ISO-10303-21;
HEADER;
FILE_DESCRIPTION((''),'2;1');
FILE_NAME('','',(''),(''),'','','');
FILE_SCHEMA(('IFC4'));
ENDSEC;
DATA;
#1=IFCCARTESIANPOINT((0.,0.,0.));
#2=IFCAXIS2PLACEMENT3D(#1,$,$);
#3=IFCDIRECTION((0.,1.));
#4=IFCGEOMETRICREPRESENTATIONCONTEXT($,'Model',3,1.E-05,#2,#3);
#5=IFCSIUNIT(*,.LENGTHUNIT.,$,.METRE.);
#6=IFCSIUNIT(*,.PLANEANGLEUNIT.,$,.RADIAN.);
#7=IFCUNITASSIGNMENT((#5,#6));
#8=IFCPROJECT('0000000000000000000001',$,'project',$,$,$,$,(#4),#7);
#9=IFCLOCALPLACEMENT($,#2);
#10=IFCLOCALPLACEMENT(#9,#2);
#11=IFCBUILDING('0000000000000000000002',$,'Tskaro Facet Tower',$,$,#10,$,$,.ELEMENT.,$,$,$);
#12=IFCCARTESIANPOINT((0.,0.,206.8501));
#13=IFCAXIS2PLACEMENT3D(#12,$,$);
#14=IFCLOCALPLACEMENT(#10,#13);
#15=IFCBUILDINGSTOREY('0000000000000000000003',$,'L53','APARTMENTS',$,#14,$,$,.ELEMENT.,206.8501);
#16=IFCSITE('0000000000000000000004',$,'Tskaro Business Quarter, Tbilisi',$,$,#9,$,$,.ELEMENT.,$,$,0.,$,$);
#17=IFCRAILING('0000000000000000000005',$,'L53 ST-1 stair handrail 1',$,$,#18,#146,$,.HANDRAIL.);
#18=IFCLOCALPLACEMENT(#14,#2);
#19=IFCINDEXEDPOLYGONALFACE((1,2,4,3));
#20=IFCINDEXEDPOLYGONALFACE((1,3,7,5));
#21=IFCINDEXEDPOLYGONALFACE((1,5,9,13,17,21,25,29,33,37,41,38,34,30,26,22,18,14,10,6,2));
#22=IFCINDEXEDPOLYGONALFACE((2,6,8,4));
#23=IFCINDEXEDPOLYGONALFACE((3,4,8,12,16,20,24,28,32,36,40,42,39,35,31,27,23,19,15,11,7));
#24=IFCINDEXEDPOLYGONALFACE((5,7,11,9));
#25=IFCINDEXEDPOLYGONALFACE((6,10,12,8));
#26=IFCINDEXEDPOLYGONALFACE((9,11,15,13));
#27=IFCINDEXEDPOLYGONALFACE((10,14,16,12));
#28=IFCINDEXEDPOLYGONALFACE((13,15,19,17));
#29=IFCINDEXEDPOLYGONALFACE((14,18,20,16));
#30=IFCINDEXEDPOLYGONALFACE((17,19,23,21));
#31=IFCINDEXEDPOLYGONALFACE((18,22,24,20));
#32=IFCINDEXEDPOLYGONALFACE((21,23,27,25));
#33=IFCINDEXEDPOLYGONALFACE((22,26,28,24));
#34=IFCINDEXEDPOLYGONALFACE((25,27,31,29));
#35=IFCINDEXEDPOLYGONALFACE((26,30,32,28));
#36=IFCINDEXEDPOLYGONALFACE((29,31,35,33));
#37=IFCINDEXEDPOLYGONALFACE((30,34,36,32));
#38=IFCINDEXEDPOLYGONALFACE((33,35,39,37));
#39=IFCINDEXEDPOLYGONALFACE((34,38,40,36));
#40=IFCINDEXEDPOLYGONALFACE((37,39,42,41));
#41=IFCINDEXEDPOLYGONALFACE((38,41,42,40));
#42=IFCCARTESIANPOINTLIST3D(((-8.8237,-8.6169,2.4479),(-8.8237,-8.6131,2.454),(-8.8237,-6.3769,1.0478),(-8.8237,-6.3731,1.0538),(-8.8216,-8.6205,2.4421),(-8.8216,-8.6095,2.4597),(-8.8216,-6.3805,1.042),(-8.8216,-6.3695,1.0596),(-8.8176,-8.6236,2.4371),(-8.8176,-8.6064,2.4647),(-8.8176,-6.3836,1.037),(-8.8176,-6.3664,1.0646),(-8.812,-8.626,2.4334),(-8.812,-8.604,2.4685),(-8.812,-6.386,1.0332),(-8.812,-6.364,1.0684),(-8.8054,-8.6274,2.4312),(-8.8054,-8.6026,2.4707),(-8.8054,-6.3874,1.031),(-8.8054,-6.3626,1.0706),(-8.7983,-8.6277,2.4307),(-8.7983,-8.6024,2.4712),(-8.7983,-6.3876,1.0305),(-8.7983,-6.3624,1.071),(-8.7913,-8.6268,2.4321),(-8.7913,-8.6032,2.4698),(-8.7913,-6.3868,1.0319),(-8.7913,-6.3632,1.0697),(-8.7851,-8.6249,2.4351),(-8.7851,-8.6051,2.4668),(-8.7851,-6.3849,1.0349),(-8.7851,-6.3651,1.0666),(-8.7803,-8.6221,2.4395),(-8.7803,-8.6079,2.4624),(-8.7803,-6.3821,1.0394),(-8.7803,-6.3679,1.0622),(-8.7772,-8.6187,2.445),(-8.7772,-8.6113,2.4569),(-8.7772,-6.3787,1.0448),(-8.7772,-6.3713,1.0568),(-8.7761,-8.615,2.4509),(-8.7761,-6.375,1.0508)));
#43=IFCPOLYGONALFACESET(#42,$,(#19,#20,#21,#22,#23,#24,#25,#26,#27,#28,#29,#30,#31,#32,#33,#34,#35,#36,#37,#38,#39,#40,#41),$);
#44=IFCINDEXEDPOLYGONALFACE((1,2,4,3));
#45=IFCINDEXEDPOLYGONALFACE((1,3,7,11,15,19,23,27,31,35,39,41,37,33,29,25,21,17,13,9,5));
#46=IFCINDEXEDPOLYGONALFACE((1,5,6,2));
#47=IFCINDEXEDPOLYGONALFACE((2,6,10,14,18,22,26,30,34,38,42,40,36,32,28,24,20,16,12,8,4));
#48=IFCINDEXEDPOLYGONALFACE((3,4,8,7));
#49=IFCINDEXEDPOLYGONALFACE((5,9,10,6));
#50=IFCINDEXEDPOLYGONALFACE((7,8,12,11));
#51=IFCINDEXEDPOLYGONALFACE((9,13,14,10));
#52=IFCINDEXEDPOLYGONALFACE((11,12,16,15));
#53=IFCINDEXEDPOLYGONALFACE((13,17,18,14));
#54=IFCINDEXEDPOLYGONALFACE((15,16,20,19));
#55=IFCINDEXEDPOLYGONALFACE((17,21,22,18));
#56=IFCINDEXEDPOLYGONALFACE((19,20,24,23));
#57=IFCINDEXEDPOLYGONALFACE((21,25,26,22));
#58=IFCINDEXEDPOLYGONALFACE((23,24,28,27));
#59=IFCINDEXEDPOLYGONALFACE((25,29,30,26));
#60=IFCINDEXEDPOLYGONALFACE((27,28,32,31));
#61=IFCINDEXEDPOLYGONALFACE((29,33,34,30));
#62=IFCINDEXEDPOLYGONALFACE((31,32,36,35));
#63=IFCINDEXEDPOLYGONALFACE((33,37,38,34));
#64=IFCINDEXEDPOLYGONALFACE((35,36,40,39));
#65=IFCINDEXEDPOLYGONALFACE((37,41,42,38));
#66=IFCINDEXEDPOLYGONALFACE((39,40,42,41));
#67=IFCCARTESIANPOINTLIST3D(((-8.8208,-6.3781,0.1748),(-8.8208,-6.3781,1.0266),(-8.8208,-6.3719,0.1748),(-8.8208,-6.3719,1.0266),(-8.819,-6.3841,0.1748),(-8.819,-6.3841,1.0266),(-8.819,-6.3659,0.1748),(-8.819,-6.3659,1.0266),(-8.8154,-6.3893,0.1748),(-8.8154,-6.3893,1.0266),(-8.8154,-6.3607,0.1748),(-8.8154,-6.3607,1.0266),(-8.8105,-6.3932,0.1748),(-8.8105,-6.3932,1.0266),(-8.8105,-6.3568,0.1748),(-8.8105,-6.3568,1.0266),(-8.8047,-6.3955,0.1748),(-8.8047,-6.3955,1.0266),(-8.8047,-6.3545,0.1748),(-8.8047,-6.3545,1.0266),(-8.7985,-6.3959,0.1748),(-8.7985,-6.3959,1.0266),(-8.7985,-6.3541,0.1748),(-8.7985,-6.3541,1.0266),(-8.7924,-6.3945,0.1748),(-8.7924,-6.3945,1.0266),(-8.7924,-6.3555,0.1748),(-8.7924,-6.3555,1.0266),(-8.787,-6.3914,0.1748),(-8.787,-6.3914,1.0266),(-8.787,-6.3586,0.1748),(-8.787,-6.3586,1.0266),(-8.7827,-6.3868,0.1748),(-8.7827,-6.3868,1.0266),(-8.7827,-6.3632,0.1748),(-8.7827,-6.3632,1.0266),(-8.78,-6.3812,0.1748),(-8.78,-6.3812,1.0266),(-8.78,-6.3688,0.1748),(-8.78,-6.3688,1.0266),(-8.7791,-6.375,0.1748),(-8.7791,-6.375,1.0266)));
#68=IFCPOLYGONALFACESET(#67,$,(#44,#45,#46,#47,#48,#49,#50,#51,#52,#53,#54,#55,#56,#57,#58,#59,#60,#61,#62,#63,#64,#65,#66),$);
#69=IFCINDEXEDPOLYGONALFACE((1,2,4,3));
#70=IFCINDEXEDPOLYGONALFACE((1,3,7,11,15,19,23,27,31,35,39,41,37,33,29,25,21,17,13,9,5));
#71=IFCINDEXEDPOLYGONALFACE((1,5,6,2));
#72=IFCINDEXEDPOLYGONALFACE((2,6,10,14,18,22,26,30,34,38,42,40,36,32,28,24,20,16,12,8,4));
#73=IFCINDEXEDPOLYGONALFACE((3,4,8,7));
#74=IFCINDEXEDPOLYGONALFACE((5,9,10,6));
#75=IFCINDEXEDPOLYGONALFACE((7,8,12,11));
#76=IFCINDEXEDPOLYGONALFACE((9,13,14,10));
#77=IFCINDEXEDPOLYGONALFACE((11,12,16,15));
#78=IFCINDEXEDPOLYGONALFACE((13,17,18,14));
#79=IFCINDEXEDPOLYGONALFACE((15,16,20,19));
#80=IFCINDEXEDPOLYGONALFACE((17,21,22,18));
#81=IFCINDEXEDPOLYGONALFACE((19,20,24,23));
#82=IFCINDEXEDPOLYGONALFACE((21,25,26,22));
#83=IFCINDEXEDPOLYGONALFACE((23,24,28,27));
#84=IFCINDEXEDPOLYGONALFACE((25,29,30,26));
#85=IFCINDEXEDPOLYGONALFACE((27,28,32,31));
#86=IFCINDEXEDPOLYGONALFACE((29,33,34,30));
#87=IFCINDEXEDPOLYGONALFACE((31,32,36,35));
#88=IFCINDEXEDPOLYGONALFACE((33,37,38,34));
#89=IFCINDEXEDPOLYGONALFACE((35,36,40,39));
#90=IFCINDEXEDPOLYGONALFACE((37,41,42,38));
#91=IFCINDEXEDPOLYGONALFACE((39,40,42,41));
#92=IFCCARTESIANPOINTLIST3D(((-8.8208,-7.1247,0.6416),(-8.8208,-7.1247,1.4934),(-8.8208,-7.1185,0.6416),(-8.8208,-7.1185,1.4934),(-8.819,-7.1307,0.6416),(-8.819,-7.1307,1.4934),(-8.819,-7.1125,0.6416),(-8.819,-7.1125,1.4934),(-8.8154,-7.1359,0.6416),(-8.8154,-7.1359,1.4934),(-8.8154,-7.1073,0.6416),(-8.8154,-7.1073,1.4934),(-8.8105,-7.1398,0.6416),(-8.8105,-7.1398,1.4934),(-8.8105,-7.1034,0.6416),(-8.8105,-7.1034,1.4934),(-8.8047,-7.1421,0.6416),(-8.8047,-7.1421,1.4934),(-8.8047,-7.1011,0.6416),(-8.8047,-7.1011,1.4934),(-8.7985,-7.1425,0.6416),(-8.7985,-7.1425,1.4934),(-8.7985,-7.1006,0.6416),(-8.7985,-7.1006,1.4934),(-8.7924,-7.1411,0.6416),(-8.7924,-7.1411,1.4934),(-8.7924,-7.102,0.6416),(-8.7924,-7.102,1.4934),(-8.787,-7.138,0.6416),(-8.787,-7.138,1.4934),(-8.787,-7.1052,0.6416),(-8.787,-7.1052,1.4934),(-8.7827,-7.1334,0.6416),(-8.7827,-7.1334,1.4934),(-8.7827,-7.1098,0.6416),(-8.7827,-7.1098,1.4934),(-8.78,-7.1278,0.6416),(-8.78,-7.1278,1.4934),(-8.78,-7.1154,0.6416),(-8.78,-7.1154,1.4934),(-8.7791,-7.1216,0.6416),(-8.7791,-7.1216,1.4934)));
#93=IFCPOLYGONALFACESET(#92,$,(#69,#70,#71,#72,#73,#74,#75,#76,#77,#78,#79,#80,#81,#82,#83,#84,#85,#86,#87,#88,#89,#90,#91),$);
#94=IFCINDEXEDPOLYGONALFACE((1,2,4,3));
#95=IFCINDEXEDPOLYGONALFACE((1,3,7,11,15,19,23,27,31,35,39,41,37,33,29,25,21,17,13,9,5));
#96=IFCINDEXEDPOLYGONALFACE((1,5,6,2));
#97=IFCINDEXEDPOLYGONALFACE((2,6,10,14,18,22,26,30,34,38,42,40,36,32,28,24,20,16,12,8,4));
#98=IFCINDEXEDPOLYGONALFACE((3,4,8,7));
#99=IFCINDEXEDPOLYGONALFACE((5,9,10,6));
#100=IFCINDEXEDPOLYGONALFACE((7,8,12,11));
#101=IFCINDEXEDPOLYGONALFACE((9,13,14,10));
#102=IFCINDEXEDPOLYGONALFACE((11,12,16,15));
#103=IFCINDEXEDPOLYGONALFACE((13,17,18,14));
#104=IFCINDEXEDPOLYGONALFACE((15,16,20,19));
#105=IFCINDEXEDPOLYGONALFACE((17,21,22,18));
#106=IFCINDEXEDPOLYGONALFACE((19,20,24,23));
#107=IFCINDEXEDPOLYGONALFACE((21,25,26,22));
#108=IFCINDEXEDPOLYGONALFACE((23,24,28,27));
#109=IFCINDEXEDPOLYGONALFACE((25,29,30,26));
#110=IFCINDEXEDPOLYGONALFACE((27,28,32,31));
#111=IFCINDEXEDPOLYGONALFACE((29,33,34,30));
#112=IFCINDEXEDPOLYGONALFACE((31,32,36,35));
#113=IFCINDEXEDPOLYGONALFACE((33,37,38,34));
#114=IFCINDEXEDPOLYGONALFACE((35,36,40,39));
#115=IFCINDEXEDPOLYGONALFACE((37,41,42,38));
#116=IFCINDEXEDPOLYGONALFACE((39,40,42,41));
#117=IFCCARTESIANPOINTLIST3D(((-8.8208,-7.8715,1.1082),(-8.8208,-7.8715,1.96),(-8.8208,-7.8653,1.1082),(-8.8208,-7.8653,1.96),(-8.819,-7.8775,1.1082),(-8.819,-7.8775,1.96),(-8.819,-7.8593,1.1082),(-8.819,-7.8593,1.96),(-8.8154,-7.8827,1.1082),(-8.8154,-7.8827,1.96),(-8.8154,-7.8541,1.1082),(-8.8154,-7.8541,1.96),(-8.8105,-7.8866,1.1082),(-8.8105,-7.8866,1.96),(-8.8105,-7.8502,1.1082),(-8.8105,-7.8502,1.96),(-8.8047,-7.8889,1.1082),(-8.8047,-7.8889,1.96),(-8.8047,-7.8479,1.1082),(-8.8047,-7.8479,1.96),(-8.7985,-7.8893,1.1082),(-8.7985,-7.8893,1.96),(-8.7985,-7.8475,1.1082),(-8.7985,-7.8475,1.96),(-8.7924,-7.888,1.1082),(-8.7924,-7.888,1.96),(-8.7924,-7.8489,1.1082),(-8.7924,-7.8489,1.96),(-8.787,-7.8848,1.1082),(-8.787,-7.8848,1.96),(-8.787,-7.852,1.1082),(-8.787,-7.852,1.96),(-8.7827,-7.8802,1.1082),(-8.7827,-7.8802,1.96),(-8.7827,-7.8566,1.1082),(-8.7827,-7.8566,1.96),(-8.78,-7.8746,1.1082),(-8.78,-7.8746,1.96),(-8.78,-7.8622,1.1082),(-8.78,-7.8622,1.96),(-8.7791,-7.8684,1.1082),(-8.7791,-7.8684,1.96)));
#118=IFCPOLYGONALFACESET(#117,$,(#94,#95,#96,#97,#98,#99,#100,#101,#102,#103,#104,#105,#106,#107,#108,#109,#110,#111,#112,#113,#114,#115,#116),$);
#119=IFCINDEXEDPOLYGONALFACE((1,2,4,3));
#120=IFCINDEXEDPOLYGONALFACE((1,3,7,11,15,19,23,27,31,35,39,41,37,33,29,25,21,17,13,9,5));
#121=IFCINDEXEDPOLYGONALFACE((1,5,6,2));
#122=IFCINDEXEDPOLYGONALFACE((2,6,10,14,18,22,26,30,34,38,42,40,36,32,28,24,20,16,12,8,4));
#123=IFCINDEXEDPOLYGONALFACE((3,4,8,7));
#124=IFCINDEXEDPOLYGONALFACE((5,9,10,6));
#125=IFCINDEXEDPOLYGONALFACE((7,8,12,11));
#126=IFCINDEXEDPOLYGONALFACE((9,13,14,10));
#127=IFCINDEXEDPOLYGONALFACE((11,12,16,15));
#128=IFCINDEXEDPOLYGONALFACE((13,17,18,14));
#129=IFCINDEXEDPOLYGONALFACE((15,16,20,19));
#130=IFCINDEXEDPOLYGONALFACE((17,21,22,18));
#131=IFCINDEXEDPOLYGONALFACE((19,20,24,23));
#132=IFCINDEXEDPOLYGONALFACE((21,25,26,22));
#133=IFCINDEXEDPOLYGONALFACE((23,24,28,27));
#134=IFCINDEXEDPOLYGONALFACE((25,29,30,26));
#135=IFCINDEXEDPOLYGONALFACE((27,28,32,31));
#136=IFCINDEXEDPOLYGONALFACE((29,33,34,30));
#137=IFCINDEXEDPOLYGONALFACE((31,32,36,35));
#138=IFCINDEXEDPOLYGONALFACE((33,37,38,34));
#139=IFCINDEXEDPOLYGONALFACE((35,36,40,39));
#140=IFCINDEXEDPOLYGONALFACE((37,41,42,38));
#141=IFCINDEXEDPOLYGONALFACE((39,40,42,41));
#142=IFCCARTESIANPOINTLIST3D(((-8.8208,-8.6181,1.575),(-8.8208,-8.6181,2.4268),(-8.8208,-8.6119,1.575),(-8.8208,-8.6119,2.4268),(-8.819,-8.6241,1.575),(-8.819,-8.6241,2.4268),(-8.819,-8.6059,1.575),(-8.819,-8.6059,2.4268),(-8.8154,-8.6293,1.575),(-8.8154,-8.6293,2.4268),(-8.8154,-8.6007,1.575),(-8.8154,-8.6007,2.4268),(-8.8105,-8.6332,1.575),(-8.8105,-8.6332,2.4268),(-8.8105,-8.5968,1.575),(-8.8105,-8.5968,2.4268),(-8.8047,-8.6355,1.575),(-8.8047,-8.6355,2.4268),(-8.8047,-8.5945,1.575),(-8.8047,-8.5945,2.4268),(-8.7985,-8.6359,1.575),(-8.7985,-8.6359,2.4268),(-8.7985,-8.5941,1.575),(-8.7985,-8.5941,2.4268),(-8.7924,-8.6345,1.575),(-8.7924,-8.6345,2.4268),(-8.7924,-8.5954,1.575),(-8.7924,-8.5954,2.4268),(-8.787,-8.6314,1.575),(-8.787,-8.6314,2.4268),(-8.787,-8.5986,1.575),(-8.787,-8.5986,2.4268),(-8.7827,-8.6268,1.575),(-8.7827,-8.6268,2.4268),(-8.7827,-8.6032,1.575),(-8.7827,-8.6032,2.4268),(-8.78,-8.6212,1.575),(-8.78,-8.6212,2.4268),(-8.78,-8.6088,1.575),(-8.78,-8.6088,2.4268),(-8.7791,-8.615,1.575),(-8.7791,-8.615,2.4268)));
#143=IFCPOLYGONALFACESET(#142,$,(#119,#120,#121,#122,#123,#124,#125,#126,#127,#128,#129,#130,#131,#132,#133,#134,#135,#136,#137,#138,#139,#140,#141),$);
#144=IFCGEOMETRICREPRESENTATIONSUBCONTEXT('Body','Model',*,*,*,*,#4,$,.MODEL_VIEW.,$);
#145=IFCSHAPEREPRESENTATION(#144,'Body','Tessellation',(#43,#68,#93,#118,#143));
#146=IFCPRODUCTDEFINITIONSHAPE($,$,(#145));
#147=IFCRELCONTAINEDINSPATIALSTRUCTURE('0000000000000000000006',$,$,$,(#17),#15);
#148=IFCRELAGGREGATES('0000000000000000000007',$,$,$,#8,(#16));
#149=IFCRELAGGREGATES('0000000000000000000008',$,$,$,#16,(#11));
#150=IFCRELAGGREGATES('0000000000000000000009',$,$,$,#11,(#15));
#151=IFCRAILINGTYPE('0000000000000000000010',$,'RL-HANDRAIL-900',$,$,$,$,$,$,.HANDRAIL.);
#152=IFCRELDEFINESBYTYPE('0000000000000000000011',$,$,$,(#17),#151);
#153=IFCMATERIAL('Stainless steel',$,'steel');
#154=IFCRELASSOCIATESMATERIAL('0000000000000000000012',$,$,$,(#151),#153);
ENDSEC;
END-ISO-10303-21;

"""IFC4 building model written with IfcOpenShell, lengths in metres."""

from ifc_helpers import new_model, si_unit, direction, frame, origin, origin_2d, place, context, subcontext, project, spatial, circle, extrude, material, type_object, element, save


model = new_model("IFC4")

# Units and contexts
model_context = context("Model", 3, precision=1e-05, world=origin(), true_north=direction((0.0, 1.0)))
body_context = subcontext(model_context, "Body", "Model", "MODEL_VIEW")
ifc_project = project(units=[si_unit("LENGTHUNIT", "METRE"), si_unit("PLANEANGLEUNIT", "RADIAN")], contexts=[model_context])

# Site, building, storey
site_placement = place(None, origin())
site = spatial("IfcSite", under=ifc_project, at=site_placement, Name="Tskaro Business Quarter, Tbilisi", CompositionType="ELEMENT", RefElevation=0.0)
building_placement = place(site_placement, origin())
building = spatial("IfcBuilding", under=site, at=building_placement, Name="Tskaro Facet Tower", CompositionType="ELEMENT")
storey_placement = place(building_placement, frame((0.0, 0.0, 206.8501)))
storey = spatial("IfcBuildingStorey", under=building, at=storey_placement, Name="L53", Description="APARTMENTS", CompositionType="ELEMENT", Elevation=206.8501)

# Railing
ifc_material_1 = material(Name="Stainless steel", Category="steel")
railing_type = type_object("IfcRailingType", Name="RL-HANDRAIL-900", PredefinedType="HANDRAIL", material=ifc_material_1)
railing_placement = place(storey_placement, frame((-8.8, -6.375, 0.1748)))
element("IfcRailing", 1, at=railing_placement, inside=storey, type_object=railing_type, Name="L53 ST-1 stair handrail 1", PredefinedType="HANDRAIL", context=body_context, shape_type="SweptSolid", body=[
    extrude(circle(Radius=0.0239, at=origin_2d()), frame((0.0, 0.0, 0.876), z_axis=(0.0, -0.847972, 0.53004), x_axis=(1.0, 0.0, 0.0)), (0.0, 0.0, 1.0), 2.6416),
    extrude(circle(Radius=0.021, at=origin_2d()), origin(), (0.0, 0.0, 1.0), 0.8518),
    extrude(circle(Radius=0.021, at=origin_2d()), frame((0.0, -0.7466, 0.4668)), (0.0, 0.0, 1.0), 0.8518),
    extrude(circle(Radius=0.021, at=origin_2d()), frame((0.0, -1.4934, 0.9333)), (0.0, 0.0, 1.0), 0.8518),
    extrude(circle(Radius=0.021, at=origin_2d()), frame((0.0, -2.24, 1.4001)), (0.0, 0.0, 1.0), 0.8518),
])

save(model, "model.ifc")
